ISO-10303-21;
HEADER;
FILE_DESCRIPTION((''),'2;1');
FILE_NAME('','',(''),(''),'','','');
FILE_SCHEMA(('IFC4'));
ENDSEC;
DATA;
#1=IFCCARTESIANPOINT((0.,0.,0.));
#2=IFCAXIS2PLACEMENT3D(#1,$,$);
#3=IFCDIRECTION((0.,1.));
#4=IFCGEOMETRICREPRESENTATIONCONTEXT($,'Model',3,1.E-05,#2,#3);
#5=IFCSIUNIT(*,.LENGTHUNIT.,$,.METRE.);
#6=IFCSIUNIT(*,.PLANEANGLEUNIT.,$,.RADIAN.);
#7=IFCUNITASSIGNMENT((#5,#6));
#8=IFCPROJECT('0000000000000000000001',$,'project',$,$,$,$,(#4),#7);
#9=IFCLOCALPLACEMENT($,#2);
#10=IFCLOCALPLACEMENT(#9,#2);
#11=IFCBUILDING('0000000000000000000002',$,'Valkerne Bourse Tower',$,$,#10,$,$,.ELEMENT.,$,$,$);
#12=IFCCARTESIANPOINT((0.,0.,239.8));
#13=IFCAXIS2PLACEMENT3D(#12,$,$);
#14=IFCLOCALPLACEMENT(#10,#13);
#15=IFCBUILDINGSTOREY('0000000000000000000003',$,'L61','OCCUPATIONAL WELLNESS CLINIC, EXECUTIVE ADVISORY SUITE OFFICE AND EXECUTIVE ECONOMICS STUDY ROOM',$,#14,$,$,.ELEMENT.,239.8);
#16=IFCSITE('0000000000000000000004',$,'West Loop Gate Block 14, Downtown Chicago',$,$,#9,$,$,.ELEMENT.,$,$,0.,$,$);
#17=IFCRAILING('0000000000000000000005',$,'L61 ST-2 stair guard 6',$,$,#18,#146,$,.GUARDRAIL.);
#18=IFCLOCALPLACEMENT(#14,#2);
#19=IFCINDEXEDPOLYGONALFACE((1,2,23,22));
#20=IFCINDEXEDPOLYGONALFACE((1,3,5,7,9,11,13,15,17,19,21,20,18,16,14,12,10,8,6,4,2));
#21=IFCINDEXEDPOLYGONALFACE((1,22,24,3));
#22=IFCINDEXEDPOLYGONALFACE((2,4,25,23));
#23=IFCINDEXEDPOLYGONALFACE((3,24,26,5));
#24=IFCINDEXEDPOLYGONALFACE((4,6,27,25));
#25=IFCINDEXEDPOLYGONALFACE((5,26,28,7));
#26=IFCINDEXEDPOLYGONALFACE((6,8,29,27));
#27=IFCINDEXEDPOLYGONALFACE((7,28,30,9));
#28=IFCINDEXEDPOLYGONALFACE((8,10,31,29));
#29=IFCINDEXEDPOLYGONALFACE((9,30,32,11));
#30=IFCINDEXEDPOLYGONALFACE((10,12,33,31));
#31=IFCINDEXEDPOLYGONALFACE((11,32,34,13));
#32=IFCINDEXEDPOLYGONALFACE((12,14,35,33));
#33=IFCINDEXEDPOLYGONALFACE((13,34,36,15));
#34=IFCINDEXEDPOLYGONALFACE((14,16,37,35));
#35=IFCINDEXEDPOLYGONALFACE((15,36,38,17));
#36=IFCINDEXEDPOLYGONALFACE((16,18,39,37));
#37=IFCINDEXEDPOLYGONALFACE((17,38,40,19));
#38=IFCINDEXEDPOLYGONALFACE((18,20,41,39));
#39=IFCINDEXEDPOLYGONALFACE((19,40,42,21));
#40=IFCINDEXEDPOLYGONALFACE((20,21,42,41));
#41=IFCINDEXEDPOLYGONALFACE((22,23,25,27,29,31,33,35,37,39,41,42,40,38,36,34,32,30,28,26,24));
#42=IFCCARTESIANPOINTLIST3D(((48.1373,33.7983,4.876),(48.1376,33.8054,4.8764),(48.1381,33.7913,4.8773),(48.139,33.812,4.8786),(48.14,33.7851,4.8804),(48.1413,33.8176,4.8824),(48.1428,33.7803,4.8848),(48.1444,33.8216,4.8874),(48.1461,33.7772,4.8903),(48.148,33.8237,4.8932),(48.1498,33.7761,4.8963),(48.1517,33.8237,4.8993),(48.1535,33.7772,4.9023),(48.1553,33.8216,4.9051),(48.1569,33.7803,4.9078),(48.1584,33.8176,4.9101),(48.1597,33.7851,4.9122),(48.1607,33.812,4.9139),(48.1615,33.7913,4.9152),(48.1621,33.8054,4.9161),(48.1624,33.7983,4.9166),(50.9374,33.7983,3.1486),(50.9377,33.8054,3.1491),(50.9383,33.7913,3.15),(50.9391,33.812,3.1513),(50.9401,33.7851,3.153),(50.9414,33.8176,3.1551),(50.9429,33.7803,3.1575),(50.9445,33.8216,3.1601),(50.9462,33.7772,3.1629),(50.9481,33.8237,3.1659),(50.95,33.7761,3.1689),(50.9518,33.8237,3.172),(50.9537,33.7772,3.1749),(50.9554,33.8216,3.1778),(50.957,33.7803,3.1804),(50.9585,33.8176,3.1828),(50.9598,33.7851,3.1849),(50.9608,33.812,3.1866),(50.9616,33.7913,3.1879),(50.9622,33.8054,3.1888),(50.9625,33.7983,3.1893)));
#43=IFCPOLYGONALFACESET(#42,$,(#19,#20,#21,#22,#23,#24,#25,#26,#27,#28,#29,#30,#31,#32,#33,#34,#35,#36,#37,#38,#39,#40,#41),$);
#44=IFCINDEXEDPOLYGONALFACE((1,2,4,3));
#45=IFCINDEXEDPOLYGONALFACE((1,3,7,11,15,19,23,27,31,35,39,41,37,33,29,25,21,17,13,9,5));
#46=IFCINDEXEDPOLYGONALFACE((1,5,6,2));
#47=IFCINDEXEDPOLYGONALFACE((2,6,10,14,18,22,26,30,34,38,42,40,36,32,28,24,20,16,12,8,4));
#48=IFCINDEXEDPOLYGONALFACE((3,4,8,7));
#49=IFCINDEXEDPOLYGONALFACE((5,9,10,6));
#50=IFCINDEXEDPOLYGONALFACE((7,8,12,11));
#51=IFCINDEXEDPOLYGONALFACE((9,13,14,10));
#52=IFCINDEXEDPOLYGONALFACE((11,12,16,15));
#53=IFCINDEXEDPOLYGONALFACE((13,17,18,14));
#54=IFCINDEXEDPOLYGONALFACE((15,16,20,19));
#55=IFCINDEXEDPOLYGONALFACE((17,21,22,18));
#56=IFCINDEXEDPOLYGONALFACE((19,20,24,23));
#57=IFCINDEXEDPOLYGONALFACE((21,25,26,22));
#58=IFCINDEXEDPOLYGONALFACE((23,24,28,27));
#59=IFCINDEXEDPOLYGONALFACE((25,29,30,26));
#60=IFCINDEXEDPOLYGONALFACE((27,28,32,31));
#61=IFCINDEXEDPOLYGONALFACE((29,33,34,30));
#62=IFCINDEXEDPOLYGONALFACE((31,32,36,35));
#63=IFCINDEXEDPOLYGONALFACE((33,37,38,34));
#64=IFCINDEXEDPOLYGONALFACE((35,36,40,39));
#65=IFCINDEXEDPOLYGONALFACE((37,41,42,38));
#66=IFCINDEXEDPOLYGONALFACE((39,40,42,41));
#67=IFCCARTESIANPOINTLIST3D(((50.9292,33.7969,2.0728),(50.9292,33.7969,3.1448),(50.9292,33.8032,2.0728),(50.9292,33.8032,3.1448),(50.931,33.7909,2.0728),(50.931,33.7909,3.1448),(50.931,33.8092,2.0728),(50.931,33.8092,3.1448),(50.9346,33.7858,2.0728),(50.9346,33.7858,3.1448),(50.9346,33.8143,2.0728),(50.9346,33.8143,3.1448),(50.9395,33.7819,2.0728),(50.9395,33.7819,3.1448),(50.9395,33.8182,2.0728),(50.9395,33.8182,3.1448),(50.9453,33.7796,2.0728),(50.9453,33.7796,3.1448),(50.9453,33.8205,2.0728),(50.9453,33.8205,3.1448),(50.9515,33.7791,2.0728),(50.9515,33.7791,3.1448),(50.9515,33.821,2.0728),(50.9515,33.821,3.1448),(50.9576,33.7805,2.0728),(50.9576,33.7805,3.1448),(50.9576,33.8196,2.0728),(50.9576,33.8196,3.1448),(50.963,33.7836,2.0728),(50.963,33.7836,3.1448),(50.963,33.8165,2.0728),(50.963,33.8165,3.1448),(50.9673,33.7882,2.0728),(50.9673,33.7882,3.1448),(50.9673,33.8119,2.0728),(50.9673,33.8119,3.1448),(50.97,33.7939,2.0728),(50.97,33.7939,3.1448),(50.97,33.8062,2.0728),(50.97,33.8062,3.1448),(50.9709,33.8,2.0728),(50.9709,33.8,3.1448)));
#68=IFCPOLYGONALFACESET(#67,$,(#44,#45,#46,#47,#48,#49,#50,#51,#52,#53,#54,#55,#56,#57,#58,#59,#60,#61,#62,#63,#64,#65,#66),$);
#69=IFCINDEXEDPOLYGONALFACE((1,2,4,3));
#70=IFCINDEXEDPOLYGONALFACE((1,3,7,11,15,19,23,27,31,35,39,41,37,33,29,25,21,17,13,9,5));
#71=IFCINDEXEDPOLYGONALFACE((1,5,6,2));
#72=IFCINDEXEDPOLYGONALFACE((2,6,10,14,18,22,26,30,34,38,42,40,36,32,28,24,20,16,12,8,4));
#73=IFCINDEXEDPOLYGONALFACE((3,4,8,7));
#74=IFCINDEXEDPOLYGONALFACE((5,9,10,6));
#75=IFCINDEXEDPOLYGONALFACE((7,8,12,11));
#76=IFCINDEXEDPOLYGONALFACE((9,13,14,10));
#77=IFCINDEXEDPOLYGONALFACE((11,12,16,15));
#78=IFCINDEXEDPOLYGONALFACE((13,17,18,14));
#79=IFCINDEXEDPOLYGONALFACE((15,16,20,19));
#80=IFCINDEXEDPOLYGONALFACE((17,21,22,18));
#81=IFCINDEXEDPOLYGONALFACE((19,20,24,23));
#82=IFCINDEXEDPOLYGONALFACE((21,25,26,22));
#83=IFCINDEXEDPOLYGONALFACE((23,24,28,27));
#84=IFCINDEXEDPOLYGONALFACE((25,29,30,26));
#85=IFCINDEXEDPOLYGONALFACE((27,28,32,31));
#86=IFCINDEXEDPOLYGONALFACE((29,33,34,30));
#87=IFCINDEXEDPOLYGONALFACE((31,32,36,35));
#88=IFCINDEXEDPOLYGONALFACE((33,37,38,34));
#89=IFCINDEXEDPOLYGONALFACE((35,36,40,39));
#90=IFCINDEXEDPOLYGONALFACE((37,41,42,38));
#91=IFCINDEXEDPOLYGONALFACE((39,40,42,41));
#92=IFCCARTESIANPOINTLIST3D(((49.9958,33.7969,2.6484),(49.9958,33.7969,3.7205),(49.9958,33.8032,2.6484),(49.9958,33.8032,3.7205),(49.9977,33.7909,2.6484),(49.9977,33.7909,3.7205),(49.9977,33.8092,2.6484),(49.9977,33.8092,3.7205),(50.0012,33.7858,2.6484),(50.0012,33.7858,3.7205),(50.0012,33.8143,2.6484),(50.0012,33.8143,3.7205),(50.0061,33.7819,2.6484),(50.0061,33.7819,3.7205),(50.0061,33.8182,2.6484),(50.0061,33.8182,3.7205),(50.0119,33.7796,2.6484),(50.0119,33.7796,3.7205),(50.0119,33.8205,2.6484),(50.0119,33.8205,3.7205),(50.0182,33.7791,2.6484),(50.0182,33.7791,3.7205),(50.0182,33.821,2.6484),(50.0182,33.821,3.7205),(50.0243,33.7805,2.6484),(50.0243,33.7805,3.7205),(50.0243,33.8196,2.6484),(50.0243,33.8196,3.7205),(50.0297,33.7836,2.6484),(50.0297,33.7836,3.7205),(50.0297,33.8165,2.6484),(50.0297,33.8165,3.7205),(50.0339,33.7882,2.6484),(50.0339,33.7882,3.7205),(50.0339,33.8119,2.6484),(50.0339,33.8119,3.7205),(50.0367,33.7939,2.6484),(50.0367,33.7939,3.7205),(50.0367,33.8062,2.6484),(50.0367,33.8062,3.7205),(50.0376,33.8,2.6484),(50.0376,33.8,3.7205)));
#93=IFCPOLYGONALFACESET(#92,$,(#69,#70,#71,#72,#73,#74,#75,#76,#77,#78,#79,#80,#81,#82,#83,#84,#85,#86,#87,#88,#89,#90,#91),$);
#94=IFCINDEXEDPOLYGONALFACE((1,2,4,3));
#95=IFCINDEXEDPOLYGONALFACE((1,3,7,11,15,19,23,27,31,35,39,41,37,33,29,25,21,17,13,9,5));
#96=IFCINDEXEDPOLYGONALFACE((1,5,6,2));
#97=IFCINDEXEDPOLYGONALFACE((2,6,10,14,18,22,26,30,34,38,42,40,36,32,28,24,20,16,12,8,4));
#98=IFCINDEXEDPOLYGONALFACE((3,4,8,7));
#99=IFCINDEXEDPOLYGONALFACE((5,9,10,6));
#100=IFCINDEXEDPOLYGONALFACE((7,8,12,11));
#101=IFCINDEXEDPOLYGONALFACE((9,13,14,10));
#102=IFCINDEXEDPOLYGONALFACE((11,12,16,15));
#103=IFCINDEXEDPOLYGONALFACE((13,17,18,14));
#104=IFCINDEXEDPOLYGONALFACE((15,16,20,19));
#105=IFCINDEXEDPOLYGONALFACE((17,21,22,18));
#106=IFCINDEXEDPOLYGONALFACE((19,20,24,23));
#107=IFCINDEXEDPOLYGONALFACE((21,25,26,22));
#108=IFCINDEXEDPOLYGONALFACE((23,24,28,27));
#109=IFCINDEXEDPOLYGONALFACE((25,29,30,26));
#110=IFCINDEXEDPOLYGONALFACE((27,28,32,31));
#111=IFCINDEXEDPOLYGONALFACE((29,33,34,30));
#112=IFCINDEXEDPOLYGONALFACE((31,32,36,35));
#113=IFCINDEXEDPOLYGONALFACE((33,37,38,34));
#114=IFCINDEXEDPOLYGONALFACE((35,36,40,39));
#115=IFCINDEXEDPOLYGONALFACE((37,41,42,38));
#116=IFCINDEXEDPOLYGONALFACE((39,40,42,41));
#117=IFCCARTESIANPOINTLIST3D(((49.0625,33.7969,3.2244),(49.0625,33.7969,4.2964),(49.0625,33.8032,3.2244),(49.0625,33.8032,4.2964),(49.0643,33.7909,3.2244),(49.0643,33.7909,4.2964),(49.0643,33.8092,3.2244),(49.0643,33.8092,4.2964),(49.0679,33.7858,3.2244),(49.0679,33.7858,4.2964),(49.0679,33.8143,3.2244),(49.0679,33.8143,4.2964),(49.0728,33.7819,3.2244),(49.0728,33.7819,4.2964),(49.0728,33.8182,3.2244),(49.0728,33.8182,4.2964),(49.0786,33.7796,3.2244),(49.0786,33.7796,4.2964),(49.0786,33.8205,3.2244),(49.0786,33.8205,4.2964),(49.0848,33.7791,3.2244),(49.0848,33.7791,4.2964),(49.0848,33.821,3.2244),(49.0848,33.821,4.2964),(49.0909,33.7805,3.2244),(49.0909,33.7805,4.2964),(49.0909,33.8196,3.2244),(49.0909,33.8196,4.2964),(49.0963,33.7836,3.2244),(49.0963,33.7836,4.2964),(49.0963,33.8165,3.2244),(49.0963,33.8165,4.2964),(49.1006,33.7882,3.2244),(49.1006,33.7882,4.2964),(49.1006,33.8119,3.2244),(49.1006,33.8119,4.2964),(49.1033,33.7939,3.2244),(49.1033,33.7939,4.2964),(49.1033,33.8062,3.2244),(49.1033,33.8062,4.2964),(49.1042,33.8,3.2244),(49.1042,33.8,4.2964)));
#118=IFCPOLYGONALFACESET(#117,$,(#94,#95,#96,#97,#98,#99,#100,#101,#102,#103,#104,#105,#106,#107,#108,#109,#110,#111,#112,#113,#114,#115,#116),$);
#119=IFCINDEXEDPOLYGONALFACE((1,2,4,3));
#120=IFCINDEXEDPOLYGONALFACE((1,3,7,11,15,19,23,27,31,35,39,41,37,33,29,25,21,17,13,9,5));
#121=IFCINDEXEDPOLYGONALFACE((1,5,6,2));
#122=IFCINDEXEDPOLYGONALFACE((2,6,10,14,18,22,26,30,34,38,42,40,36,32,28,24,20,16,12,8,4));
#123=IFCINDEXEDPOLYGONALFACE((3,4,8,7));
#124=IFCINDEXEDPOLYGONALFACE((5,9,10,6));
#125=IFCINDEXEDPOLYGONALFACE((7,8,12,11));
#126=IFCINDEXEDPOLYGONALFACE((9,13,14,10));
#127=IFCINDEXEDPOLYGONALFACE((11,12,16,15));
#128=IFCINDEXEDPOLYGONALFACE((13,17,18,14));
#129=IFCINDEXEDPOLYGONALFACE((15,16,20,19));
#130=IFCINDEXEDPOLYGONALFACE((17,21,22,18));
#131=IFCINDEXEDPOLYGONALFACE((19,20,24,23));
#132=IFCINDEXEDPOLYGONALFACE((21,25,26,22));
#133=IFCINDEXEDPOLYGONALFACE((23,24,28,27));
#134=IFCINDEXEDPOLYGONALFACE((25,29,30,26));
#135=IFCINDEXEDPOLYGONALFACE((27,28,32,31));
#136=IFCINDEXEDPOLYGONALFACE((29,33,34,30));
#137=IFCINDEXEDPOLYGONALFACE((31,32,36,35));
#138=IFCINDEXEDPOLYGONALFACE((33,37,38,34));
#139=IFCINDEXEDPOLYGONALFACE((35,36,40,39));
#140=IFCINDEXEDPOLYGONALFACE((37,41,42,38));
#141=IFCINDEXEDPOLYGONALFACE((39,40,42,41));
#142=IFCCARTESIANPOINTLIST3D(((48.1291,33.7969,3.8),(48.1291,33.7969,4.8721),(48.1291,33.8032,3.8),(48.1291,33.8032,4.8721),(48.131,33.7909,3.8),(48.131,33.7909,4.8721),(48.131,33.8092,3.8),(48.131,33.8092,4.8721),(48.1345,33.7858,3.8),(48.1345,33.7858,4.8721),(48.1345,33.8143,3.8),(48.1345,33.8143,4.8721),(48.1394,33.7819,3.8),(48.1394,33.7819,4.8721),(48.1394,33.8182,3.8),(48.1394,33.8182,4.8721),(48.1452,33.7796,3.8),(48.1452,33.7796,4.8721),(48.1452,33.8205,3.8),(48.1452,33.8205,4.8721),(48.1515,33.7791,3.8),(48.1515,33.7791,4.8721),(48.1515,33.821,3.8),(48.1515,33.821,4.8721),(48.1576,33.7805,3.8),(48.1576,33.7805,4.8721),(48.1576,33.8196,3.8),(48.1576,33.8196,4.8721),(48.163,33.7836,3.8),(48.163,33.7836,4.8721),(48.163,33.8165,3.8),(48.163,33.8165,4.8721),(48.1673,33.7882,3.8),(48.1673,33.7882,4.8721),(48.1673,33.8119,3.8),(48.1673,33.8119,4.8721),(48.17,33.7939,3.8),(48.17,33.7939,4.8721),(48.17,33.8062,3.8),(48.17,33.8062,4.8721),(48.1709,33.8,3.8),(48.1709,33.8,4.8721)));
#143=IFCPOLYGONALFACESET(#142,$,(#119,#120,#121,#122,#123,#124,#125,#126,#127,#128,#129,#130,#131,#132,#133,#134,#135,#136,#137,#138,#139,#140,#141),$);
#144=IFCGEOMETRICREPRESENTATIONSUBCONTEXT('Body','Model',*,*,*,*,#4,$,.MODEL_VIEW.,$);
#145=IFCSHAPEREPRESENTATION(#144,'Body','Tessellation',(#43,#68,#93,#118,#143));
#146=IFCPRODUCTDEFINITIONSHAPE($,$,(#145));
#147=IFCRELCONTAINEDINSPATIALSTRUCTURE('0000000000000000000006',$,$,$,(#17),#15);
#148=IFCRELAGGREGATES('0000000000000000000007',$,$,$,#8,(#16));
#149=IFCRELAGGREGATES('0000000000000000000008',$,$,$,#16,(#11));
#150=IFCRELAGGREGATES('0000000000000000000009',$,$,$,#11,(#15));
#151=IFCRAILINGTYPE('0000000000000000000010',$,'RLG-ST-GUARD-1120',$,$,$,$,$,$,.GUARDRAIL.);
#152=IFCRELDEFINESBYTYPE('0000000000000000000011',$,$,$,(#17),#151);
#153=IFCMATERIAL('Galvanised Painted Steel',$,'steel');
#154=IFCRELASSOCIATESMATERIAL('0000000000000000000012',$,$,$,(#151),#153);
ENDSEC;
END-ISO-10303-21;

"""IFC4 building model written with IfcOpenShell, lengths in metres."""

from ifc_helpers import new_model, si_unit, direction, frame, origin, origin_2d, place, context, subcontext, project, spatial, circle, extrude, material, type_object, element, save


model = new_model("IFC4")

# Units and contexts
model_context = context("Model", 3, precision=1e-05, world=origin(), true_north=direction((0.0, 1.0)))
body_context = subcontext(model_context, "Body", "Model", "MODEL_VIEW")
ifc_project = project(units=[si_unit("LENGTHUNIT", "METRE"), si_unit("PLANEANGLEUNIT", "RADIAN")], contexts=[model_context])

# Site, building, storey
site_placement = place(None, origin())
site = spatial("IfcSite", under=ifc_project, at=site_placement, Name="West Loop Gate Block 14, Downtown Chicago", CompositionType="ELEMENT", RefElevation=0.0)
building_placement = place(site_placement, origin())
building = spatial("IfcBuilding", under=site, at=building_placement, Name="Valkerne Bourse Tower", CompositionType="ELEMENT")
storey_placement = place(building_placement, frame((0.0, 0.0, 239.8)))
storey = spatial("IfcBuildingStorey", under=building, at=storey_placement, Name="L61", Description="OCCUPATIONAL WELLNESS CLINIC, EXECUTIVE ADVISORY SUITE OFFICE AND EXECUTIVE ECONOMICS STUDY ROOM", CompositionType="ELEMENT", Elevation=239.8)

# Shared definitions
ifc_material_1 = material(Name="Galvanised Painted Steel", Category="steel")

# Railing
railing_type_1 = type_object("IfcRailingType", Name="RLG-ST-GUARD-1120", PredefinedType="GUARDRAIL", material=ifc_material_1)
railing_1_placement = place(storey_placement, frame((50.95, 33.8, 2.0728)))
element("IfcRailing", 1, at=railing_1_placement, inside=storey, type_object=railing_type_1, Name="L61 ST-2 stair guard 6", PredefinedType="GUARDRAIL", context=body_context, shape_type="SweptSolid", body=[
    extrude(circle(Radius=0.0239, at=origin_2d()), frame((0.0, 0.0, 1.0962), z_axis=(-0.85109, 0.0, 0.52502), x_axis=(0.0, -1.0, 0.0)), (0.0, 0.0, 1.0), 3.29),
    extrude(circle(Radius=0.021, at=origin_2d()), origin(), (0.0, 0.0, 1.0), 1.072),
    extrude(circle(Radius=0.021, at=origin_2d()), frame((-0.9333, 0.0, 0.5757)), (0.0, 0.0, 1.0), 1.072),
    extrude(circle(Radius=0.021, at=origin_2d()), frame((-1.8667, 0.0, 1.1516)), (0.0, 0.0, 1.0), 1.072),
    extrude(circle(Radius=0.021, at=origin_2d()), frame((-2.8, 0.0, 1.7273)), (0.0, 0.0, 1.0), 1.072),
])

save(model, "model.ifc")
